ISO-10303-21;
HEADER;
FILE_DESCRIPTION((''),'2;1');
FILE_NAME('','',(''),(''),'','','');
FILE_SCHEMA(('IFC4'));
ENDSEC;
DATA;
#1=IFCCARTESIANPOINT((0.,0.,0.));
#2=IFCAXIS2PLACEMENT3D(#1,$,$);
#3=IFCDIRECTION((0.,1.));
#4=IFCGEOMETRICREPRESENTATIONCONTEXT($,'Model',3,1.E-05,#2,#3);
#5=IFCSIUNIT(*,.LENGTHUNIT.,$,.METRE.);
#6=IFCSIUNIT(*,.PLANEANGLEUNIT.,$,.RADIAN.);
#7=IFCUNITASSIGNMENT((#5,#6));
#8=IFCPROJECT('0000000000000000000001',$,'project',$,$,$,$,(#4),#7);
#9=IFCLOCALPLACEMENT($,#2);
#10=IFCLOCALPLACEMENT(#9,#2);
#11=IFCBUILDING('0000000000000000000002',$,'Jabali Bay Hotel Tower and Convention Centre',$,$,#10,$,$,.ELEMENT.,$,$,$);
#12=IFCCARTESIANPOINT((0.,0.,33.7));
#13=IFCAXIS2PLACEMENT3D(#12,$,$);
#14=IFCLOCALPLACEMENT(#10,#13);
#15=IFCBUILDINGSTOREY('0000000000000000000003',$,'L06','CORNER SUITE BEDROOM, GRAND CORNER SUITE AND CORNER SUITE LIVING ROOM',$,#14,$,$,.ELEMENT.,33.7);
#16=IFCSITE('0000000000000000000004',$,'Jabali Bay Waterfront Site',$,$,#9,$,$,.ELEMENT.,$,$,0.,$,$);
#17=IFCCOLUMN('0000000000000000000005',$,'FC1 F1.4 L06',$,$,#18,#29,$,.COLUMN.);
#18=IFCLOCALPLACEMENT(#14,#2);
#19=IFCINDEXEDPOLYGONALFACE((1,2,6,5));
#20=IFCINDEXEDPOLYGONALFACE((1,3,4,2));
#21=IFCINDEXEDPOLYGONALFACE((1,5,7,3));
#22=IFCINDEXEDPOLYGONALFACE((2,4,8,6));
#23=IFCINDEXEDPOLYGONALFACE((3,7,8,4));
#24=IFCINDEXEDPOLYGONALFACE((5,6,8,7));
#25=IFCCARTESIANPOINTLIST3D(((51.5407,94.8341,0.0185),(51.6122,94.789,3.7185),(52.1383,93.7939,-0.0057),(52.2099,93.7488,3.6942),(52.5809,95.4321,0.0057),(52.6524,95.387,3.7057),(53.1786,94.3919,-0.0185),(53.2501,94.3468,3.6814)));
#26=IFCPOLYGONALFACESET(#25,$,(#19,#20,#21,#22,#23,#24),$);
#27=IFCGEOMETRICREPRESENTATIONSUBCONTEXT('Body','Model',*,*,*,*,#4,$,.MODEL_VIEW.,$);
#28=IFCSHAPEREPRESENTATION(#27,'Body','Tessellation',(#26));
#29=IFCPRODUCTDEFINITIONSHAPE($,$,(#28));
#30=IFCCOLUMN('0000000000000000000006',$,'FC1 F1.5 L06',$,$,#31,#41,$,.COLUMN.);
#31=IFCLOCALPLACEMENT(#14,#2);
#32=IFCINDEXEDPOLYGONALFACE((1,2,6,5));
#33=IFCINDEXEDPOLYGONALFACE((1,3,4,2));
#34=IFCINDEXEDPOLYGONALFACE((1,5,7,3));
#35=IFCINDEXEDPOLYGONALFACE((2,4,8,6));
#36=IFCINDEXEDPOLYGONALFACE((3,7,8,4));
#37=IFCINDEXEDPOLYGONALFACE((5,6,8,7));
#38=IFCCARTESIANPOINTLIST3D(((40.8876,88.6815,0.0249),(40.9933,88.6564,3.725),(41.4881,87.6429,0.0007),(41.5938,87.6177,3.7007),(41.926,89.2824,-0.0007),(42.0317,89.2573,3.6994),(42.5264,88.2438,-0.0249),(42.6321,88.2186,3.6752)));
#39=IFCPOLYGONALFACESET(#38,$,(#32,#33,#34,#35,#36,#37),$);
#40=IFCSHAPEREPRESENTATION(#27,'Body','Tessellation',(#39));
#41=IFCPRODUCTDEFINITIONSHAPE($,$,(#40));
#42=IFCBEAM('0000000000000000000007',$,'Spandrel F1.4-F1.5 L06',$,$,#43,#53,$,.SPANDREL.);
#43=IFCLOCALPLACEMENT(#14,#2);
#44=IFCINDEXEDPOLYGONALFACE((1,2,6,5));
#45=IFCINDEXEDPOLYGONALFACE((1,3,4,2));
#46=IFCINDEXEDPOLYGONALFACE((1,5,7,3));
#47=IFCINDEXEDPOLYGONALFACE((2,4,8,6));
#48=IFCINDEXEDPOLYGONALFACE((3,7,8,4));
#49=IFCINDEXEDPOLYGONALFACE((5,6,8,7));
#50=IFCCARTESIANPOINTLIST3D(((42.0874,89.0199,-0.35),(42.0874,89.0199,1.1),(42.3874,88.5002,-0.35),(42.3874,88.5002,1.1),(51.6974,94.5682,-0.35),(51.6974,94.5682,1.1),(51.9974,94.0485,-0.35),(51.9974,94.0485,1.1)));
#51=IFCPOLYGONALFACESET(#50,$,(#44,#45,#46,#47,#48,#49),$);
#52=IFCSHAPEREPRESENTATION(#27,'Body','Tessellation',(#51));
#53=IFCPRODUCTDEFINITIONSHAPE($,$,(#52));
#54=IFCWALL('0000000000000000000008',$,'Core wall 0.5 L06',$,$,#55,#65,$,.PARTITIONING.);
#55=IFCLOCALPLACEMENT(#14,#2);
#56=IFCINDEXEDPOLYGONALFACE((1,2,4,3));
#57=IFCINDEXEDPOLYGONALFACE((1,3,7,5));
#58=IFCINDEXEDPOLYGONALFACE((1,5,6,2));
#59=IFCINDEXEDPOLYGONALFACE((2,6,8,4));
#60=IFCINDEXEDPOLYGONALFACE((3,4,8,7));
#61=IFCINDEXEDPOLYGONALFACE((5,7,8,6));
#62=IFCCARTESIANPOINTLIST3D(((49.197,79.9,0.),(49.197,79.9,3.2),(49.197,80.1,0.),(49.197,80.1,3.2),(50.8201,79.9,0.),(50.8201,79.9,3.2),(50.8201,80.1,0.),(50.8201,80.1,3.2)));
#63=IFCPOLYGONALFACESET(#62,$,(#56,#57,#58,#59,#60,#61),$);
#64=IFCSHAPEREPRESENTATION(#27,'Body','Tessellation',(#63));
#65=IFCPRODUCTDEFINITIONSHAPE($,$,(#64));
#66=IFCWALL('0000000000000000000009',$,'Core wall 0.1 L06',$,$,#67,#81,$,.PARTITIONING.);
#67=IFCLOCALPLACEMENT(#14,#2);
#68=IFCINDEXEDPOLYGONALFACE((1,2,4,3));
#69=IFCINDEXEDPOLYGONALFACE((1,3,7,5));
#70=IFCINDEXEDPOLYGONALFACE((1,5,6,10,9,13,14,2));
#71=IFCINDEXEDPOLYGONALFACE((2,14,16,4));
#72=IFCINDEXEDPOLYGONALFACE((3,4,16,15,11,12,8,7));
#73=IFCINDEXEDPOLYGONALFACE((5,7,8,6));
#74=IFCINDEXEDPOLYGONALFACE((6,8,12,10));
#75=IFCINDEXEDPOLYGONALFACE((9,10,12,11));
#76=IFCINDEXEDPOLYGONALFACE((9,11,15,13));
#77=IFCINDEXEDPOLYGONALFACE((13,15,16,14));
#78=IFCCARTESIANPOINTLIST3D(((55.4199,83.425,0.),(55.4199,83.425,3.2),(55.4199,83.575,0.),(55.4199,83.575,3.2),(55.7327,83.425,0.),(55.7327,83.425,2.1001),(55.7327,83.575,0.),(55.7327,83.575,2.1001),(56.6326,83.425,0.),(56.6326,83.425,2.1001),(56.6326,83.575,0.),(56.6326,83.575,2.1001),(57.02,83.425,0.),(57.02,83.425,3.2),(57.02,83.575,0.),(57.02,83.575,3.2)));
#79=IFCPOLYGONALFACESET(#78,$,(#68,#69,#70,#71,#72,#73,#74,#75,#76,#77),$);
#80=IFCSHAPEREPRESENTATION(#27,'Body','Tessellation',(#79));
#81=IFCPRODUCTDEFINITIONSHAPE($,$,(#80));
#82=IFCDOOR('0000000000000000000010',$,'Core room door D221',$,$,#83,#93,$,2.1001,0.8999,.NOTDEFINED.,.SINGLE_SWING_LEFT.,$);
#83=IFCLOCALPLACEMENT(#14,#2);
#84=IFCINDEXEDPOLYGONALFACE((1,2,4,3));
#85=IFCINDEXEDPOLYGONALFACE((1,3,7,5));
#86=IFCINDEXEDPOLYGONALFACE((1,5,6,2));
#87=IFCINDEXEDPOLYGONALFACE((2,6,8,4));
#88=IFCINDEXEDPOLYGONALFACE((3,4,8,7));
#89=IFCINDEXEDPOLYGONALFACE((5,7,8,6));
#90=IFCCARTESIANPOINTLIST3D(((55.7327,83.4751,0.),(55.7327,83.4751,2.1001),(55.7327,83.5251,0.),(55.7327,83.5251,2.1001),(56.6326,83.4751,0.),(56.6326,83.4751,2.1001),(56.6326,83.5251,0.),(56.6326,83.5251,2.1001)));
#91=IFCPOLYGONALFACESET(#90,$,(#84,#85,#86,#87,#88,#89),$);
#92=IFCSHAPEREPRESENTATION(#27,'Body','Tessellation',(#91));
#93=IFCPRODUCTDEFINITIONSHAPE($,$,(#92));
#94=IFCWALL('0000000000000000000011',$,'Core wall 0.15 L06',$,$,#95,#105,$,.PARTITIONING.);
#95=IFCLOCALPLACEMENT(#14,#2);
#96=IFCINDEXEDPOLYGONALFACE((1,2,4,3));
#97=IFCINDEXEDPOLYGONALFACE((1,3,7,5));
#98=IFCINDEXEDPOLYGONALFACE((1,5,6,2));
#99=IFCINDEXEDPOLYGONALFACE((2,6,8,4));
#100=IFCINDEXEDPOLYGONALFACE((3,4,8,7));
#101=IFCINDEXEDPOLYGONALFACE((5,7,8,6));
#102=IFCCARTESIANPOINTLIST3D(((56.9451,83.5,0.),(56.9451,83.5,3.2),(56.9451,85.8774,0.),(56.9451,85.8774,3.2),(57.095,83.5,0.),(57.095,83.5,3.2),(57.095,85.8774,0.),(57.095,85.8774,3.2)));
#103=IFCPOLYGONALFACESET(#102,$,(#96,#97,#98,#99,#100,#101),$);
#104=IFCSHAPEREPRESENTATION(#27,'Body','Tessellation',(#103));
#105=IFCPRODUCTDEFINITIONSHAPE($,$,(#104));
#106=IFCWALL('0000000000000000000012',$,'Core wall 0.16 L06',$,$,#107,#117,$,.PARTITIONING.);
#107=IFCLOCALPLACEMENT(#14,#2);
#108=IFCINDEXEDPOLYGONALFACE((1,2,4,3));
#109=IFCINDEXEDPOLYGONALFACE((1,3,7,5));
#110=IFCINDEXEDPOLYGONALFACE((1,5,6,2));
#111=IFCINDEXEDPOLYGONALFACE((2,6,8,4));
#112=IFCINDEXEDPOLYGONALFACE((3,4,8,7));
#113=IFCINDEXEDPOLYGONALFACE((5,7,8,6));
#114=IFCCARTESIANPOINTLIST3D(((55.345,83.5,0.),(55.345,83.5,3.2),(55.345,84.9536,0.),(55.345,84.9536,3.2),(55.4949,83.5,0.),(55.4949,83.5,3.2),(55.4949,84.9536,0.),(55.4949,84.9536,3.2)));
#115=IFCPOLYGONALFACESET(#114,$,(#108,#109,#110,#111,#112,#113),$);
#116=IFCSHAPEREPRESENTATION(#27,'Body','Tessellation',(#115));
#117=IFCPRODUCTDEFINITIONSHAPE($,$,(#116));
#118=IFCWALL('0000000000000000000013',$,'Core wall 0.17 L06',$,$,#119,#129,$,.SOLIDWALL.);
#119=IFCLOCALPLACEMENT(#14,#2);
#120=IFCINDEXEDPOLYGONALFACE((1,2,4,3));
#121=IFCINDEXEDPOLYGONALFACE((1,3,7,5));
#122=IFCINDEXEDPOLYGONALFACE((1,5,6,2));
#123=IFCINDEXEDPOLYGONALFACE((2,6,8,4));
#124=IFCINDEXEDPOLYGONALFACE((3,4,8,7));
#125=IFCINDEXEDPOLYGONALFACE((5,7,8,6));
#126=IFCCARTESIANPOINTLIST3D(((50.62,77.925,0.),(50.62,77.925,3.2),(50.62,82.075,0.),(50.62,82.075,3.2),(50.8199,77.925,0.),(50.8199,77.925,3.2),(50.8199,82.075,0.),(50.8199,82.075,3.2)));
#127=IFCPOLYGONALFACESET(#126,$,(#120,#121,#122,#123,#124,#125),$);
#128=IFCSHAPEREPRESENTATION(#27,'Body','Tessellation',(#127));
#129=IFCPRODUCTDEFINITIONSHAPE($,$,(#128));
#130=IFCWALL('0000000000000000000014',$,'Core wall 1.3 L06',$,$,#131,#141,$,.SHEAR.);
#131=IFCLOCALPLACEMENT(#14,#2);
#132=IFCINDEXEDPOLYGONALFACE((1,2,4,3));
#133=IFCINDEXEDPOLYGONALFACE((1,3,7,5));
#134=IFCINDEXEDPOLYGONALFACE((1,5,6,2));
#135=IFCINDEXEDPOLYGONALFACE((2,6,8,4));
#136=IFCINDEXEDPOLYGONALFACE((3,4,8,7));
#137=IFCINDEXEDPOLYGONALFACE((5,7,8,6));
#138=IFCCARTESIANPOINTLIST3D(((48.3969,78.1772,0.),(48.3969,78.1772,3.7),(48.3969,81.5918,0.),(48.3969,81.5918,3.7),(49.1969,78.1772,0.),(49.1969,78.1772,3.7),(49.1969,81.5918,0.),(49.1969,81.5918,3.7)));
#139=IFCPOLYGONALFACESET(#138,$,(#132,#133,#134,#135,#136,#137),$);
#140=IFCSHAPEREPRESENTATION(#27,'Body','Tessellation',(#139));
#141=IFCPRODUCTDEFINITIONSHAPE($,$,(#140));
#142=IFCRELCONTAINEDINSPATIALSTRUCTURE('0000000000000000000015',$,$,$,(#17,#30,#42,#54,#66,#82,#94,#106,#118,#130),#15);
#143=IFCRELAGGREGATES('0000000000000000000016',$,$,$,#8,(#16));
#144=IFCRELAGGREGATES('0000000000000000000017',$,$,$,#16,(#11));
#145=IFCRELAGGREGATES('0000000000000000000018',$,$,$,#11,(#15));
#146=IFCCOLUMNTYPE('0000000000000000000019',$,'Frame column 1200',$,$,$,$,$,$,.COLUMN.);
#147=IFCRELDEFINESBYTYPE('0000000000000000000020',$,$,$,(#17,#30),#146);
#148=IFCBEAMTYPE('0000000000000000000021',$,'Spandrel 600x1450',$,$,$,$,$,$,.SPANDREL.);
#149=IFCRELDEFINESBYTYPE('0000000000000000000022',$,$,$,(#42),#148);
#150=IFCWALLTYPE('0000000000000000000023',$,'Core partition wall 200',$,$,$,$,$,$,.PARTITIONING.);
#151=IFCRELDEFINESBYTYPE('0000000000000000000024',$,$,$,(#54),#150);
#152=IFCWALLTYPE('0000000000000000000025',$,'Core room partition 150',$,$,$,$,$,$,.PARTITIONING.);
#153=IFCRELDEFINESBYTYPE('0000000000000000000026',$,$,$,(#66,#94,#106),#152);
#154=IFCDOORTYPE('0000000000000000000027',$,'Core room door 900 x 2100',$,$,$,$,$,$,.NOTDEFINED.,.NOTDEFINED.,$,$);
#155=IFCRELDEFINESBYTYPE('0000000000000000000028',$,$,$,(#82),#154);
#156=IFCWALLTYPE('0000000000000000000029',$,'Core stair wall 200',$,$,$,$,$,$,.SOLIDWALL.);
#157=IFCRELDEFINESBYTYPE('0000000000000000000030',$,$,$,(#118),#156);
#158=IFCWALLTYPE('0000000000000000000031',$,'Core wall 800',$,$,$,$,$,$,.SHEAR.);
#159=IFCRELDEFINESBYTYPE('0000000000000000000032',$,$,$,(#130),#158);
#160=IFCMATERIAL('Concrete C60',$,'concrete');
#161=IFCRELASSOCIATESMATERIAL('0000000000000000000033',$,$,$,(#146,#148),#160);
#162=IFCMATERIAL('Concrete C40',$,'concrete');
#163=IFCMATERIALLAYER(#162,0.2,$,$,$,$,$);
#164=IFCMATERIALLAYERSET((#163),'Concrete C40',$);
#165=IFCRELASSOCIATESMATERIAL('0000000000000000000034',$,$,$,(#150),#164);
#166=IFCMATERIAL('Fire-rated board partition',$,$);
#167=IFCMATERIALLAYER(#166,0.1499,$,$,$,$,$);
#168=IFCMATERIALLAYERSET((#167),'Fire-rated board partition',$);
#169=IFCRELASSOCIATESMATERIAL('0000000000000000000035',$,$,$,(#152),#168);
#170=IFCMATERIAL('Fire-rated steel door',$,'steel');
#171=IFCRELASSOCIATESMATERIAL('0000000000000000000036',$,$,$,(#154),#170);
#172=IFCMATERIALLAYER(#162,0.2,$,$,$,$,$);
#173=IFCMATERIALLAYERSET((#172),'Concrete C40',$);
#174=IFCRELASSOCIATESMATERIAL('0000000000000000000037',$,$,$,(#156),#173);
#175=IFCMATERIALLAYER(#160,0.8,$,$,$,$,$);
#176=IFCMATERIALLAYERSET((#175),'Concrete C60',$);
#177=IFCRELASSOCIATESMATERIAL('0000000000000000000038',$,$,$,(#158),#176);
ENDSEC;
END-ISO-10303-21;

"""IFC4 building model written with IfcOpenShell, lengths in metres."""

from ifc_helpers import new_model, si_unit, direction, frame, frame_2d, origin, origin_2d, place, context, subcontext, project, spatial, rectangle, extrude, material, layer, layer_set, material_profile, profile_set, type_object, element, fill, save


model = new_model("IFC4")

# Units and contexts
model_context = context("Model", 3, precision=1e-05, world=origin(), true_north=direction((0.0, 1.0)))
body_context = subcontext(model_context, "Body", "Model", "MODEL_VIEW")
ifc_project = project(units=[si_unit("LENGTHUNIT", "METRE"), si_unit("PLANEANGLEUNIT", "RADIAN")], contexts=[model_context])

# Site, building, storey
site_placement = place(None, origin())
site = spatial("IfcSite", under=ifc_project, at=site_placement, Name="Jabali Bay Waterfront Site", CompositionType="ELEMENT", RefElevation=0.0)
building_placement = place(site_placement, origin())
building = spatial("IfcBuilding", under=site, at=building_placement, Name="Jabali Bay Hotel Tower and Convention Centre", CompositionType="ELEMENT")
storey_placement = place(building_placement, frame((0.0, 0.0, 33.7)))
storey = spatial("IfcBuildingStorey", under=building, at=storey_placement, Name="L06", Description="CORNER SUITE BEDROOM, GRAND CORNER SUITE AND CORNER SUITE LIVING ROOM", CompositionType="ELEMENT", Elevation=33.7)

# Columns
ifc_material_1 = material(Name="Concrete C60", Category="concrete")
ifc_material_profile_1 = material_profile(ifc_material_1, rectangle(XDim=1.2, YDim=1.2, at=origin_2d()), Name="Frame column 1200")
ifc_profile_set_1 = profile_set([ifc_material_profile_1], Name="Concrete C60")
column_type = type_object("IfcColumnType", Name="Frame column 1200", PredefinedType="COLUMN", material=ifc_profile_set_1)
column_1_placement = place(storey_placement, frame((52.3596, 94.613, 0.0), z_axis=(0.019329, -0.012204, 0.999739), x_axis=(-0.498097, 0.866886, 0.020212)))
element("IfcColumn", 1, at=column_1_placement, inside=storey, type_object=column_type, Name="FC1 F1.4 L06", PredefinedType="COLUMN", context=body_context, shape_type="SweptSolid", body=[
    extrude(rectangle(XDim=1.2, YDim=1.2, at=origin_2d()), origin(), (0.0, 0.0, 1.0), 3.7009),
])
column_2_placement = place(storey_placement, frame((41.707, 88.4626, 0.0), z_axis=(0.028559, -0.006794, 0.999569), x_axis=(-0.500408, 0.865555, 0.02018)))
element("IfcColumn", 2, at=column_2_placement, inside=storey, type_object=column_type, Name="FC1 F1.5 L06", PredefinedType="COLUMN", context=body_context, shape_type="SweptSolid", body=[
    extrude(rectangle(XDim=1.2, YDim=1.2, at=origin_2d()), origin(), (0.0, 0.0, 1.0), 3.7017),
])

# Beam
ifc_material_profile_2 = material_profile(ifc_material_1, rectangle(XDim=0.6001, YDim=1.45, at=origin_2d()), Name="Spandrel 600x1450")
ifc_profile_set_2 = profile_set([ifc_material_profile_2], Name="Concrete C60")
beam_type = type_object("IfcBeamType", Name="Spandrel 600x1450", PredefinedType="SPANDREL", material=ifc_profile_set_2)
beam_placement = place(storey_placement, frame((51.8474, 94.3083, 0.375), z_axis=(-0.866028, -0.499996, 0.0), x_axis=(0.499996, -0.866028, 0.0)))
element("IfcBeam", 3, at=beam_placement, inside=storey, type_object=beam_type, Name="Spandrel F1.4-F1.5 L06", PredefinedType="SPANDREL", context=body_context, shape_type="SweptSolid", body=[
    extrude(rectangle(XDim=0.6001, YDim=1.45, at=origin_2d()), origin(), (0.0, 0.0, 1.0), 11.0967),
])

# Wall
ifc_material_2 = material(Name="Concrete C40", Category="concrete")
ifc_layer_1 = layer(ifc_material_2, 0.2)
ifc_layer_set_1 = layer_set([ifc_layer_1], Name="Concrete C40")
wall_type_1 = type_object("IfcWallType", Name="Core partition wall 200", PredefinedType="PARTITIONING", material=ifc_layer_set_1)
wall_1_placement = place(storey_placement, frame((50.8201, 80.0, 0.0), z_axis=(0.0, 0.0, 1.0), x_axis=(-1.0, 0.0, 0.0)))
element("IfcWall", 4, at=wall_1_placement, inside=storey, type_object=wall_type_1, Name="Core wall 0.5 L06", PredefinedType="PARTITIONING", context=body_context, shape_type="SweptSolid", body=[
    extrude(rectangle(XDim=1.623, YDim=0.2, at=frame_2d((0.8115, 0.0))), origin(), (0.0, 0.0, 1.0), 3.2),
])

# Wall, opening, door
ifc_material_3 = material(Name="Fire-rated board partition")
ifc_layer_2 = layer(ifc_material_3, 0.1499)
ifc_layer_set_2 = layer_set([ifc_layer_2], Name="Fire-rated board partition")
wall_type_2 = type_object("IfcWallType", Name="Core room partition 150", PredefinedType="PARTITIONING", material=ifc_layer_set_2)
wall_2_placement = place(storey_placement, frame((57.02, 83.5, 0.0), z_axis=(0.0, 0.0, 1.0), x_axis=(-1.0, 0.0, 0.0)))
wall_2 = element("IfcWall", 5, at=wall_2_placement, inside=storey, type_object=wall_type_2, Name="Core wall 0.1 L06", PredefinedType="PARTITIONING", context=body_context, shape_type="SweptSolid", body=[
    extrude(rectangle(XDim=1.6001, YDim=0.1499, at=frame_2d((0.8, 0.0))), origin(), (0.0, 0.0, 1.0), 3.2),
])
opening_placement = place(wall_2_placement, frame((0.3875, 0.0, 0.0)))
opening = element("IfcOpeningElement", 6, at=opening_placement, cuts=wall_2, PredefinedType="OPENING", context=body_context, shape_type="SweptSolid", body=[
    extrude(rectangle(XDim=0.8999, YDim=2.1001, at=frame_2d((0.45, 1.05))), frame((0.0, 0.0854, 0.0), z_axis=(0.0, -1.0, 0.0), x_axis=(1.0, 0.0, 0.0)), (0.0, 0.0, 1.0), 0.1709),
])
ifc_material_4 = material(Name="Fire-rated steel door", Category="steel")
door_type = type_object("IfcDoorType", Name="Core room door 900 x 2100", OperationType="NOTDEFINED", PredefinedType="NOTDEFINED", material=ifc_material_4)
door_placement = place(opening_placement, origin())
door = element("IfcDoor", 7, at=door_placement, inside=storey, type_object=door_type, Name="Core room door D221", OperationType="SINGLE_SWING_LEFT", OverallHeight=2.1001, OverallWidth=0.8999, PredefinedType="NOTDEFINED", context=body_context, shape_type="SweptSolid", body=[
    extrude(rectangle(XDim=0.8999, YDim=2.1001, at=frame_2d((0.45, 1.05))), frame((0.0, 0.0249, 0.0), z_axis=(0.0, -1.0, 0.0), x_axis=(1.0, 0.0, 0.0)), (0.0, 0.0, 1.0), 0.05),
])
fill(opening, door)

# Walls
wall_3_placement = place(storey_placement, frame((57.02, 85.8774, 0.0), z_axis=(0.0, 0.0, 1.0), x_axis=(0.0, -1.0, 0.0)))
element("IfcWall", 8, at=wall_3_placement, inside=storey, type_object=wall_type_2, Name="Core wall 0.15 L06", PredefinedType="PARTITIONING", context=body_context, shape_type="SweptSolid", body=[
    extrude(rectangle(XDim=2.3774, YDim=0.1499, at=frame_2d((1.1887, 0.0))), origin(), (0.0, 0.0, 1.0), 3.2),
])
wall_4_placement = place(storey_placement, frame((55.4199, 84.9536, 0.0), z_axis=(0.0, 0.0, 1.0), x_axis=(0.0, -1.0, 0.0)))
element("IfcWall", 9, at=wall_4_placement, inside=storey, type_object=wall_type_2, Name="Core wall 0.16 L06", PredefinedType="PARTITIONING", context=body_context, shape_type="SweptSolid", body=[
    extrude(rectangle(XDim=1.4536, YDim=0.1499, at=frame_2d((0.7268, 0.0))), origin(), (0.0, 0.0, 1.0), 3.2),
])
ifc_layer_3 = layer(ifc_material_2, 0.2)
ifc_layer_set_3 = layer_set([ifc_layer_3], Name="Concrete C40")
wall_type_3 = type_object("IfcWallType", Name="Core stair wall 200", PredefinedType="SOLIDWALL", material=ifc_layer_set_3)
wall_5_placement = place(storey_placement, frame((50.72, 82.075, 0.0), z_axis=(0.0, 0.0, 1.0), x_axis=(0.0, -1.0, 0.0)))
element("IfcWall", 10, at=wall_5_placement, inside=storey, type_object=wall_type_3, Name="Core wall 0.17 L06", PredefinedType="SOLIDWALL", context=body_context, shape_type="SweptSolid", body=[
    extrude(rectangle(XDim=4.1499, YDim=0.2, at=frame_2d((2.075, 0.0))), origin(), (0.0, 0.0, 1.0), 3.2),
])
ifc_layer_4 = layer(ifc_material_1, 0.8)
ifc_layer_set_4 = layer_set([ifc_layer_4], Name="Concrete C60")
wall_type_4 = type_object("IfcWallType", Name="Core wall 800", PredefinedType="SHEAR", material=ifc_layer_set_4)
wall_6_placement = place(storey_placement, frame((48.7969, 81.5918, 0.0), z_axis=(0.0, 0.0, 1.0), x_axis=(0.0, -1.0, 0.0)))
element("IfcWall", 11, at=wall_6_placement, inside=storey, type_object=wall_type_4, Name="Core wall 1.3 L06", PredefinedType="SHEAR", context=body_context, shape_type="SweptSolid", body=[
    extrude(rectangle(XDim=3.4146, YDim=0.8, at=frame_2d((1.7073, 0.0))), origin(), (0.0, 0.0, 1.0), 3.7),
])

save(model, "model.ifc")
